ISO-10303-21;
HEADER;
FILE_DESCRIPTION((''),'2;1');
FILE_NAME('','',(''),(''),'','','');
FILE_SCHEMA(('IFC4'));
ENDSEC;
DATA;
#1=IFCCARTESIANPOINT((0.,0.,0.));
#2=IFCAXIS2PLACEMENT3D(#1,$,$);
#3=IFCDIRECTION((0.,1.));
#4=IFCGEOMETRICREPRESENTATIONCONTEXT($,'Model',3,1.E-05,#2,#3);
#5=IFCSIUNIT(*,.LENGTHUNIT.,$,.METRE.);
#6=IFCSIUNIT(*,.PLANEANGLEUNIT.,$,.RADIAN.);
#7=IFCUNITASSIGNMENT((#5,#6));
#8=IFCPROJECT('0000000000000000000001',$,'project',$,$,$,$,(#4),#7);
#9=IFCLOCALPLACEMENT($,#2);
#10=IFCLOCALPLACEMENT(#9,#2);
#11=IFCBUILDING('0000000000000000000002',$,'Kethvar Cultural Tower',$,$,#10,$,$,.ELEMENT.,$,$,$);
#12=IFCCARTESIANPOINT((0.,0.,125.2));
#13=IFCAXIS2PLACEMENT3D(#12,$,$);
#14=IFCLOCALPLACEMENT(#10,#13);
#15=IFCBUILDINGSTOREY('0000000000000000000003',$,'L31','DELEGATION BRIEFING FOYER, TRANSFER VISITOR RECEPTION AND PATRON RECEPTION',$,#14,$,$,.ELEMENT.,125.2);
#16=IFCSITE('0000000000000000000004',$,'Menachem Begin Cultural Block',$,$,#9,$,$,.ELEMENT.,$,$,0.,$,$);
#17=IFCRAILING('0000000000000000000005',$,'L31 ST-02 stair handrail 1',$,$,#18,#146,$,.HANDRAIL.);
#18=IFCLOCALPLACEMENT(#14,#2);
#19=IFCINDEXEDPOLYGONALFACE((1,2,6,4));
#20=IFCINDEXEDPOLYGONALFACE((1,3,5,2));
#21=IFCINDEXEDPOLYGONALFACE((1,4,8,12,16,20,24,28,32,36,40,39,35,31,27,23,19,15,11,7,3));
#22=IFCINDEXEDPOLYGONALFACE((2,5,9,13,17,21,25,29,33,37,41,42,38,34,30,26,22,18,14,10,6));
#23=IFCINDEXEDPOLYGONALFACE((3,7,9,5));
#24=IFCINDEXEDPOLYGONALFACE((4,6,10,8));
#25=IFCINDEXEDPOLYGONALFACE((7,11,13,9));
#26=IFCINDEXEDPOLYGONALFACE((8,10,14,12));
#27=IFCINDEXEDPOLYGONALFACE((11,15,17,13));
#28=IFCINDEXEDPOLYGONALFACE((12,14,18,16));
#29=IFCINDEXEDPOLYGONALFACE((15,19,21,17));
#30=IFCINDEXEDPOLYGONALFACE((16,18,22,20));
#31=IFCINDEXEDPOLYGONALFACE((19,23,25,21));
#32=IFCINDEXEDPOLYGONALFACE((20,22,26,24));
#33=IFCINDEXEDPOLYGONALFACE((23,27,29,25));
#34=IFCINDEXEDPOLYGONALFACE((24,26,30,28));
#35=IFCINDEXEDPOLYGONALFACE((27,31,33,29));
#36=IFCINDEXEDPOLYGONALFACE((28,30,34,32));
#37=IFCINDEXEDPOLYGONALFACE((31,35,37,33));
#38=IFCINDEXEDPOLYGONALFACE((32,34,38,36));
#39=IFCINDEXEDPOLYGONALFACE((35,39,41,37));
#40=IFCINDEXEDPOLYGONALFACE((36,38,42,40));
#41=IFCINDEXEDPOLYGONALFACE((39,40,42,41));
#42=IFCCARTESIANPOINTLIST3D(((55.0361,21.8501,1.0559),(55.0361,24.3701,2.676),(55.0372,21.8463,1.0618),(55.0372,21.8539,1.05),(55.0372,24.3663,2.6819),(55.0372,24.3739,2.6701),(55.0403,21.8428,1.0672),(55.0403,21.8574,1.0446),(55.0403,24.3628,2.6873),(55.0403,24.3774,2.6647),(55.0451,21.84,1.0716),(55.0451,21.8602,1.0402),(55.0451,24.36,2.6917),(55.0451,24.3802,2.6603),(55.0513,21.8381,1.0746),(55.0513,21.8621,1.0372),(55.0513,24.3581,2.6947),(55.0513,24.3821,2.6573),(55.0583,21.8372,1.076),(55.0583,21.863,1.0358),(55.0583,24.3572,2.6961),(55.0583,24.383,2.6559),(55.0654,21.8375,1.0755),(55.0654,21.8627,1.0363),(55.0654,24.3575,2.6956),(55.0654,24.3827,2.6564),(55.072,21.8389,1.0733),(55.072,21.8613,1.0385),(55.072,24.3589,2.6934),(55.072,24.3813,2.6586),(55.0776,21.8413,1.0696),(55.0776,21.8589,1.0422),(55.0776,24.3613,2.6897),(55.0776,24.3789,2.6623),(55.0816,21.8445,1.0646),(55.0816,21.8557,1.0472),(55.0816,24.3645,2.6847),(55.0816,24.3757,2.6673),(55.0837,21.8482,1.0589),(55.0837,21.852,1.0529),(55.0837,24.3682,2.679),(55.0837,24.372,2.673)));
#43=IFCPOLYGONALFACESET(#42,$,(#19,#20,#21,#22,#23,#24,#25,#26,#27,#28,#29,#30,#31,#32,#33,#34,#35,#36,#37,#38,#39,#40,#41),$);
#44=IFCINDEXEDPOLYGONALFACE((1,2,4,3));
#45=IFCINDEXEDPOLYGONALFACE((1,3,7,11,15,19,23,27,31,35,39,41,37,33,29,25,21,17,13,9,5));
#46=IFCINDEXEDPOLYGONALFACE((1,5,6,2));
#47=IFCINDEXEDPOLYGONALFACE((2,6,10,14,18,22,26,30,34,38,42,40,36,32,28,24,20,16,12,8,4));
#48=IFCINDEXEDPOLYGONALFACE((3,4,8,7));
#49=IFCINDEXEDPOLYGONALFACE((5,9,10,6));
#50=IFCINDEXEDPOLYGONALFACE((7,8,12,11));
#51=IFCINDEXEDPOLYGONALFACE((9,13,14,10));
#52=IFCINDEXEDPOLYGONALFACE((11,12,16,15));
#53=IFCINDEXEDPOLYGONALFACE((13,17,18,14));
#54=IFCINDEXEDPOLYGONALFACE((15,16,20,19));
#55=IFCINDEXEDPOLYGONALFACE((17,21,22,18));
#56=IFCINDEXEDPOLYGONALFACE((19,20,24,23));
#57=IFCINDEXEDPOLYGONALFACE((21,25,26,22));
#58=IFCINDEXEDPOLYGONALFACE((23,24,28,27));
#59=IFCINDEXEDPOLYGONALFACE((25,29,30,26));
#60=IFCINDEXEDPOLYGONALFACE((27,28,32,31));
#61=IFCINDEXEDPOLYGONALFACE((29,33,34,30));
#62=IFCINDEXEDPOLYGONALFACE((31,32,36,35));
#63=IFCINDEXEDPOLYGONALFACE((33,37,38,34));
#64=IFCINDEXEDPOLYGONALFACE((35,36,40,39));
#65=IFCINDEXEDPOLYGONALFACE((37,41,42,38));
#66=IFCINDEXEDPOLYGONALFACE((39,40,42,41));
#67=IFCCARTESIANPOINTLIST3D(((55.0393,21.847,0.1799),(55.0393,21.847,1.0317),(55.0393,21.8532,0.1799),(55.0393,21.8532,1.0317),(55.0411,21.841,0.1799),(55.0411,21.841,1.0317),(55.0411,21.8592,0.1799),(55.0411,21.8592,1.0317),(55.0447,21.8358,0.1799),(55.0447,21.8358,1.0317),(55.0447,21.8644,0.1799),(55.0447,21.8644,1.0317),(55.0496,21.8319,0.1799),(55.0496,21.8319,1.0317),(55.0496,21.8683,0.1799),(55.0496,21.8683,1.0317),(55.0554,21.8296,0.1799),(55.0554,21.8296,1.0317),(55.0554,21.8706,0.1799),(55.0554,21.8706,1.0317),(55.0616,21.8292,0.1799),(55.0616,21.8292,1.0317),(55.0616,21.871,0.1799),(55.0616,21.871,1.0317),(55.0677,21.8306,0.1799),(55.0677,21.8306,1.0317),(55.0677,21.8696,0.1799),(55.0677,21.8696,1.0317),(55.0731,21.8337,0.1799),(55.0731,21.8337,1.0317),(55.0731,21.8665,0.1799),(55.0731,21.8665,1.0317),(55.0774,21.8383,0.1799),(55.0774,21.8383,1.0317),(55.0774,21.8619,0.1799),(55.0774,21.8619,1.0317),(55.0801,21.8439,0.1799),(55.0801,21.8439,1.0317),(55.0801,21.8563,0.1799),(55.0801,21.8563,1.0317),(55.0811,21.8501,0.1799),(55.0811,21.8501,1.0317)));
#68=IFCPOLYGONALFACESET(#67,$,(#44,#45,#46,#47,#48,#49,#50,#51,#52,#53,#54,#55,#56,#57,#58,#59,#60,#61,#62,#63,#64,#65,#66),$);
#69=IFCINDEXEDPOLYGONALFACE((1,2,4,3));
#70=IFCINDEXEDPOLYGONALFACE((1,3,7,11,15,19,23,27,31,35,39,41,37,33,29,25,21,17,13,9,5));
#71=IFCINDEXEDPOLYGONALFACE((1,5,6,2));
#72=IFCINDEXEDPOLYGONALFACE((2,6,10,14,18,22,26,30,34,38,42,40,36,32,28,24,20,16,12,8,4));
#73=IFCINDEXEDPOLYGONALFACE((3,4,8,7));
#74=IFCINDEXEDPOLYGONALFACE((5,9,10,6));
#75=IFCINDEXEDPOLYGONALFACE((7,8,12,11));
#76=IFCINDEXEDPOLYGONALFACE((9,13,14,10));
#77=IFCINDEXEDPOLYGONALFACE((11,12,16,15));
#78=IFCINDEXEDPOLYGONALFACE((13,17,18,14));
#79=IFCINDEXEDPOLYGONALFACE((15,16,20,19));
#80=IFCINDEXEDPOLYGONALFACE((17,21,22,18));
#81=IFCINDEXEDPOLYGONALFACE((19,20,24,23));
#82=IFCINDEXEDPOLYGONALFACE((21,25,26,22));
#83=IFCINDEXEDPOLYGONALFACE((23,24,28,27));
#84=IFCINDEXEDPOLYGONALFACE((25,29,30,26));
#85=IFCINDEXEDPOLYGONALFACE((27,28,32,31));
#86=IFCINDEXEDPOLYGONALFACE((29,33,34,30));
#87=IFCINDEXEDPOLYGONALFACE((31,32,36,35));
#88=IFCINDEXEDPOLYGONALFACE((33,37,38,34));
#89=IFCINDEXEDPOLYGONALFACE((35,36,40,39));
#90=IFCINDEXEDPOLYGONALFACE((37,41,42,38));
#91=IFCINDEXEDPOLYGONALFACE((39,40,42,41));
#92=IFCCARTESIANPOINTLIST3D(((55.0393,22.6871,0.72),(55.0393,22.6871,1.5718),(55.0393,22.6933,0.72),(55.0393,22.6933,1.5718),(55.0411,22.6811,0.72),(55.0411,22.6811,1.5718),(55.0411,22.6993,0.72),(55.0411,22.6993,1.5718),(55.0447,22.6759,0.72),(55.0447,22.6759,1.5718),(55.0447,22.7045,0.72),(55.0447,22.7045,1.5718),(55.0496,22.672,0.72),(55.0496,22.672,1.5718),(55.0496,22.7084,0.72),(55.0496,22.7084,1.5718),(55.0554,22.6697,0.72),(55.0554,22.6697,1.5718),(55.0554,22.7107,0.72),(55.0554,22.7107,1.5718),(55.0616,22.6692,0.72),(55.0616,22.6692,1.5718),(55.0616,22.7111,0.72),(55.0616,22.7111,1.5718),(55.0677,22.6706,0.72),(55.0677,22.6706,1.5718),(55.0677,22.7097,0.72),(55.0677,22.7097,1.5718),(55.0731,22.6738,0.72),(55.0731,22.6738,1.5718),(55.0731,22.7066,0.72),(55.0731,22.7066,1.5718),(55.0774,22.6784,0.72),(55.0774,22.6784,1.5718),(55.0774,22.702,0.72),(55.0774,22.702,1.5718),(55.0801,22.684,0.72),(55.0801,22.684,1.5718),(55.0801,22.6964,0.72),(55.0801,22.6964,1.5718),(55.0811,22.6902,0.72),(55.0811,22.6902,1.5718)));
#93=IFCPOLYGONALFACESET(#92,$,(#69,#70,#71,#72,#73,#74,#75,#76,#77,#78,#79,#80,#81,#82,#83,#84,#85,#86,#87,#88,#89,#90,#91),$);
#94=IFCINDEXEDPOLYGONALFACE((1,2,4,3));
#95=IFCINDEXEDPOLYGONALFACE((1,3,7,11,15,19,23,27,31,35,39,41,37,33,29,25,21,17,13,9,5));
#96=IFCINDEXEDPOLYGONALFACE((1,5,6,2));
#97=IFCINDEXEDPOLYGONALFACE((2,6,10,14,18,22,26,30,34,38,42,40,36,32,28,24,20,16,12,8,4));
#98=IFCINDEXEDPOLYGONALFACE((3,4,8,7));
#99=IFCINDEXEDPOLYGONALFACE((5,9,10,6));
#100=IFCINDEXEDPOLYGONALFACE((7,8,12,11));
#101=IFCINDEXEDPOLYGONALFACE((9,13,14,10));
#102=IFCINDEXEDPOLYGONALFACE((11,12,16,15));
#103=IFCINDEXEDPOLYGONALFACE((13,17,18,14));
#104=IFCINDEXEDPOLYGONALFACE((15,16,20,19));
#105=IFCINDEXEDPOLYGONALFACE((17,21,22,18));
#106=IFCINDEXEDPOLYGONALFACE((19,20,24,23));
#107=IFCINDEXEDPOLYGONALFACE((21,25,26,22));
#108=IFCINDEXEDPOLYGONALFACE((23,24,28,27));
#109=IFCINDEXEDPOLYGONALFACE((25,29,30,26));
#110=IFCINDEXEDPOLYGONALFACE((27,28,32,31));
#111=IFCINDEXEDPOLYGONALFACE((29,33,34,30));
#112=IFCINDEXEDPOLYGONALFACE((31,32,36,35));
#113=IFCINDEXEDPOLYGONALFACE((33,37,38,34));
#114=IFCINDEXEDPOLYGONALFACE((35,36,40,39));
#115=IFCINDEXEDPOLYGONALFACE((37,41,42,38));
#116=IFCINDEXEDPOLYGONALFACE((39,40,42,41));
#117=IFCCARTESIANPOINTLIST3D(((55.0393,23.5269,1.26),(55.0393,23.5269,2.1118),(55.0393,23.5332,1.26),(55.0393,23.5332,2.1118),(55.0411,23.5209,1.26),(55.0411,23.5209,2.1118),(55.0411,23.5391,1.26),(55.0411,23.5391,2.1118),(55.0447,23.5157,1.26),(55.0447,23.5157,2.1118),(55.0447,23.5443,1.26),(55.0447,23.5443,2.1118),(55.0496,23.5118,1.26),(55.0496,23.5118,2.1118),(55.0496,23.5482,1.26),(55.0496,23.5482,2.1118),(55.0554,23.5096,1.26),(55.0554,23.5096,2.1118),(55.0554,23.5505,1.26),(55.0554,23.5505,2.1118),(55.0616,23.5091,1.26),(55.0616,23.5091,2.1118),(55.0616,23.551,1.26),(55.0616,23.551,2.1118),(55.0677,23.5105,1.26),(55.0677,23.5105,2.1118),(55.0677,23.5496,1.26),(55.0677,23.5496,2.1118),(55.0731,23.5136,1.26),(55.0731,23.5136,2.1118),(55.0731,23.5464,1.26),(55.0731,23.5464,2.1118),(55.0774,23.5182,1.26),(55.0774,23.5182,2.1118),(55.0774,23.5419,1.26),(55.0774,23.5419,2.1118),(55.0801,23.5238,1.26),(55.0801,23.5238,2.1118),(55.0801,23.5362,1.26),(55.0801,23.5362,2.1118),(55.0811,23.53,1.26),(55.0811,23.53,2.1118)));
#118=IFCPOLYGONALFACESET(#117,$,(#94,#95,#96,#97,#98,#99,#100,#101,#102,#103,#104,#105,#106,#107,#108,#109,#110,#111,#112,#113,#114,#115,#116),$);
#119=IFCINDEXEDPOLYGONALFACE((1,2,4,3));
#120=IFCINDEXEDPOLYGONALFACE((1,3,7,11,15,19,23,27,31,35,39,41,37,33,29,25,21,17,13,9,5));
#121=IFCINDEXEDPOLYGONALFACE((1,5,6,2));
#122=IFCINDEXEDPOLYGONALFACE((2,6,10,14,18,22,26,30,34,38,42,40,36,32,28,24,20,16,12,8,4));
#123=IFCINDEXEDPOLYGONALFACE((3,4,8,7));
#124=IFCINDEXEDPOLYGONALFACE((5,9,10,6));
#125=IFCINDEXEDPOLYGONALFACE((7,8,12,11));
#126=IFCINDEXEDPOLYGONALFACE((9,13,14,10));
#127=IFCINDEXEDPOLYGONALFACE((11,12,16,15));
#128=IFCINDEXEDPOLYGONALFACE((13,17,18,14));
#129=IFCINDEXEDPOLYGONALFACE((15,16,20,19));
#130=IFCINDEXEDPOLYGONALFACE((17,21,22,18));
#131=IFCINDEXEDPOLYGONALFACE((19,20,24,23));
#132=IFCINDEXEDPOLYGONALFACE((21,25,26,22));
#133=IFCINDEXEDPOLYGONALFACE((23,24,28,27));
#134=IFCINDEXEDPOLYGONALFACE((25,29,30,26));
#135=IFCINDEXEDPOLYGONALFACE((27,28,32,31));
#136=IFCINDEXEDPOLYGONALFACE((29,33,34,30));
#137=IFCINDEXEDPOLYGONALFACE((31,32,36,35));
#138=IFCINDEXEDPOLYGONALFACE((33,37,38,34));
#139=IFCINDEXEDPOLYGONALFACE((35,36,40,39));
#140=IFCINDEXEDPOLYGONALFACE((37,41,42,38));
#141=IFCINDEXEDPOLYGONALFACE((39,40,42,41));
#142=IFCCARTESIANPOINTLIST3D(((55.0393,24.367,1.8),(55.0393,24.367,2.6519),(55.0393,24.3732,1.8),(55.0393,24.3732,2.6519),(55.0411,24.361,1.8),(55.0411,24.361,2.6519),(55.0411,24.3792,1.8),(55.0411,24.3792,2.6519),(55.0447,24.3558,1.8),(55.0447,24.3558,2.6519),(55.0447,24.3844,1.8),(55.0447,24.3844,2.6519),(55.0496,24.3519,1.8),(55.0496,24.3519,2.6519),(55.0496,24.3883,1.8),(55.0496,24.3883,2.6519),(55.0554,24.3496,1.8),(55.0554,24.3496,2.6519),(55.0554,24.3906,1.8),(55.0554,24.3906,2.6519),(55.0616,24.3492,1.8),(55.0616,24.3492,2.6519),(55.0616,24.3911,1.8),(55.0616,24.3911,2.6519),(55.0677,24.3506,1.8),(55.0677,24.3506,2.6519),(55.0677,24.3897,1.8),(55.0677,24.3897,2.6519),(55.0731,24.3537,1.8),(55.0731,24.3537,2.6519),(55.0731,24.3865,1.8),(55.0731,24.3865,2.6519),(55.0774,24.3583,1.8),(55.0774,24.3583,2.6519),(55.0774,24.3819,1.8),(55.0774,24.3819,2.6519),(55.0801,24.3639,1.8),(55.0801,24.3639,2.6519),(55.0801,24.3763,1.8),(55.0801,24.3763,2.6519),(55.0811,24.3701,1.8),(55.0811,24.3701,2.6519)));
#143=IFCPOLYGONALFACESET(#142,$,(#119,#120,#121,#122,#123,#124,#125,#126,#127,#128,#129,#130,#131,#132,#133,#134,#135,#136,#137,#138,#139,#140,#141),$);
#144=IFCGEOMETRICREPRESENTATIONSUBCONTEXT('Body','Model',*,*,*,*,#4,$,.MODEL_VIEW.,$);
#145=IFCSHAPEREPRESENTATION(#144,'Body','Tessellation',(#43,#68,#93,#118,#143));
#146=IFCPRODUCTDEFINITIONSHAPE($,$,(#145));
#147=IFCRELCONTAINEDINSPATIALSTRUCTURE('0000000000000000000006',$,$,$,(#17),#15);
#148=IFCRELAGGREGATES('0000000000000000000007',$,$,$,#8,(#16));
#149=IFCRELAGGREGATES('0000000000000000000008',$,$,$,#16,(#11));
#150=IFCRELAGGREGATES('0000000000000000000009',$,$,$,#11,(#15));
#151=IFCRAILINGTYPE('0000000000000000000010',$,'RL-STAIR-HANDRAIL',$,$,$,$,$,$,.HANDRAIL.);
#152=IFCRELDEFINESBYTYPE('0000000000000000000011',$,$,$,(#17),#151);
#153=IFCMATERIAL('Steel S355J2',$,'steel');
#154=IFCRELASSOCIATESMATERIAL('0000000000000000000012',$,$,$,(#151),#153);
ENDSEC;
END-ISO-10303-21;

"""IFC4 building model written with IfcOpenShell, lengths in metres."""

from ifc_helpers import new_model, si_unit, direction, frame, origin, origin_2d, place, context, subcontext, project, spatial, circle, extrude, material, type_object, element, save


model = new_model("IFC4")

# Units and contexts
model_context = context("Model", 3, precision=1e-05, world=origin(), true_north=direction((0.0, 1.0)))
body_context = subcontext(model_context, "Body", "Model", "MODEL_VIEW")
ifc_project = project(units=[si_unit("LENGTHUNIT", "METRE"), si_unit("PLANEANGLEUNIT", "RADIAN")], contexts=[model_context])

# Site, building, storey
site_placement = place(None, origin())
site = spatial("IfcSite", under=ifc_project, at=site_placement, Name="Menachem Begin Cultural Block", CompositionType="ELEMENT", RefElevation=0.0)
building_placement = place(site_placement, origin())
building = spatial("IfcBuilding", under=site, at=building_placement, Name="Kethvar Cultural Tower", CompositionType="ELEMENT")
storey_placement = place(building_placement, frame((0.0, 0.0, 125.2)))
storey = spatial("IfcBuildingStorey", under=building, at=storey_placement, Name="L31", Description="DELEGATION BRIEFING FOYER, TRANSFER VISITOR RECEPTION AND PATRON RECEPTION", CompositionType="ELEMENT", Elevation=125.2)

# Shared definitions
ifc_material_1 = material(Name="Steel S355J2", Category="steel")

# Railing
railing_type_1 = type_object("IfcRailingType", Name="RL-STAIR-HANDRAIL", PredefinedType="HANDRAIL", material=ifc_material_1)
railing_1_placement = place(storey_placement, frame((55.0601, 21.8501, 0.1799)))
element("IfcRailing", 1, at=railing_1_placement, inside=storey, type_object=railing_type_1, Name="L31 ST-02 stair handrail 1", PredefinedType="HANDRAIL", context=body_context, shape_type="SweptSolid", body=[
    extrude(circle(Radius=0.0239, at=origin_2d()), frame((0.0, 0.0, 0.876), z_axis=(0.0, 0.841163, 0.540782), x_axis=(-1.0, 0.0, 0.0)), (0.0, 0.0, 1.0), 2.9958),
    extrude(circle(Radius=0.021, at=origin_2d()), origin(), (0.0, 0.0, 1.0), 0.8518),
    extrude(circle(Radius=0.021, at=origin_2d()), frame((0.0, 0.8401, 0.54)), (0.0, 0.0, 1.0), 0.8518),
    extrude(circle(Radius=0.021, at=origin_2d()), frame((0.0, 1.6799, 1.0801)), (0.0, 0.0, 1.0), 0.8518),
    extrude(circle(Radius=0.021, at=origin_2d()), frame((0.0, 2.52, 1.6201)), (0.0, 0.0, 1.0), 0.8518),
])

save(model, "model.ifc")
